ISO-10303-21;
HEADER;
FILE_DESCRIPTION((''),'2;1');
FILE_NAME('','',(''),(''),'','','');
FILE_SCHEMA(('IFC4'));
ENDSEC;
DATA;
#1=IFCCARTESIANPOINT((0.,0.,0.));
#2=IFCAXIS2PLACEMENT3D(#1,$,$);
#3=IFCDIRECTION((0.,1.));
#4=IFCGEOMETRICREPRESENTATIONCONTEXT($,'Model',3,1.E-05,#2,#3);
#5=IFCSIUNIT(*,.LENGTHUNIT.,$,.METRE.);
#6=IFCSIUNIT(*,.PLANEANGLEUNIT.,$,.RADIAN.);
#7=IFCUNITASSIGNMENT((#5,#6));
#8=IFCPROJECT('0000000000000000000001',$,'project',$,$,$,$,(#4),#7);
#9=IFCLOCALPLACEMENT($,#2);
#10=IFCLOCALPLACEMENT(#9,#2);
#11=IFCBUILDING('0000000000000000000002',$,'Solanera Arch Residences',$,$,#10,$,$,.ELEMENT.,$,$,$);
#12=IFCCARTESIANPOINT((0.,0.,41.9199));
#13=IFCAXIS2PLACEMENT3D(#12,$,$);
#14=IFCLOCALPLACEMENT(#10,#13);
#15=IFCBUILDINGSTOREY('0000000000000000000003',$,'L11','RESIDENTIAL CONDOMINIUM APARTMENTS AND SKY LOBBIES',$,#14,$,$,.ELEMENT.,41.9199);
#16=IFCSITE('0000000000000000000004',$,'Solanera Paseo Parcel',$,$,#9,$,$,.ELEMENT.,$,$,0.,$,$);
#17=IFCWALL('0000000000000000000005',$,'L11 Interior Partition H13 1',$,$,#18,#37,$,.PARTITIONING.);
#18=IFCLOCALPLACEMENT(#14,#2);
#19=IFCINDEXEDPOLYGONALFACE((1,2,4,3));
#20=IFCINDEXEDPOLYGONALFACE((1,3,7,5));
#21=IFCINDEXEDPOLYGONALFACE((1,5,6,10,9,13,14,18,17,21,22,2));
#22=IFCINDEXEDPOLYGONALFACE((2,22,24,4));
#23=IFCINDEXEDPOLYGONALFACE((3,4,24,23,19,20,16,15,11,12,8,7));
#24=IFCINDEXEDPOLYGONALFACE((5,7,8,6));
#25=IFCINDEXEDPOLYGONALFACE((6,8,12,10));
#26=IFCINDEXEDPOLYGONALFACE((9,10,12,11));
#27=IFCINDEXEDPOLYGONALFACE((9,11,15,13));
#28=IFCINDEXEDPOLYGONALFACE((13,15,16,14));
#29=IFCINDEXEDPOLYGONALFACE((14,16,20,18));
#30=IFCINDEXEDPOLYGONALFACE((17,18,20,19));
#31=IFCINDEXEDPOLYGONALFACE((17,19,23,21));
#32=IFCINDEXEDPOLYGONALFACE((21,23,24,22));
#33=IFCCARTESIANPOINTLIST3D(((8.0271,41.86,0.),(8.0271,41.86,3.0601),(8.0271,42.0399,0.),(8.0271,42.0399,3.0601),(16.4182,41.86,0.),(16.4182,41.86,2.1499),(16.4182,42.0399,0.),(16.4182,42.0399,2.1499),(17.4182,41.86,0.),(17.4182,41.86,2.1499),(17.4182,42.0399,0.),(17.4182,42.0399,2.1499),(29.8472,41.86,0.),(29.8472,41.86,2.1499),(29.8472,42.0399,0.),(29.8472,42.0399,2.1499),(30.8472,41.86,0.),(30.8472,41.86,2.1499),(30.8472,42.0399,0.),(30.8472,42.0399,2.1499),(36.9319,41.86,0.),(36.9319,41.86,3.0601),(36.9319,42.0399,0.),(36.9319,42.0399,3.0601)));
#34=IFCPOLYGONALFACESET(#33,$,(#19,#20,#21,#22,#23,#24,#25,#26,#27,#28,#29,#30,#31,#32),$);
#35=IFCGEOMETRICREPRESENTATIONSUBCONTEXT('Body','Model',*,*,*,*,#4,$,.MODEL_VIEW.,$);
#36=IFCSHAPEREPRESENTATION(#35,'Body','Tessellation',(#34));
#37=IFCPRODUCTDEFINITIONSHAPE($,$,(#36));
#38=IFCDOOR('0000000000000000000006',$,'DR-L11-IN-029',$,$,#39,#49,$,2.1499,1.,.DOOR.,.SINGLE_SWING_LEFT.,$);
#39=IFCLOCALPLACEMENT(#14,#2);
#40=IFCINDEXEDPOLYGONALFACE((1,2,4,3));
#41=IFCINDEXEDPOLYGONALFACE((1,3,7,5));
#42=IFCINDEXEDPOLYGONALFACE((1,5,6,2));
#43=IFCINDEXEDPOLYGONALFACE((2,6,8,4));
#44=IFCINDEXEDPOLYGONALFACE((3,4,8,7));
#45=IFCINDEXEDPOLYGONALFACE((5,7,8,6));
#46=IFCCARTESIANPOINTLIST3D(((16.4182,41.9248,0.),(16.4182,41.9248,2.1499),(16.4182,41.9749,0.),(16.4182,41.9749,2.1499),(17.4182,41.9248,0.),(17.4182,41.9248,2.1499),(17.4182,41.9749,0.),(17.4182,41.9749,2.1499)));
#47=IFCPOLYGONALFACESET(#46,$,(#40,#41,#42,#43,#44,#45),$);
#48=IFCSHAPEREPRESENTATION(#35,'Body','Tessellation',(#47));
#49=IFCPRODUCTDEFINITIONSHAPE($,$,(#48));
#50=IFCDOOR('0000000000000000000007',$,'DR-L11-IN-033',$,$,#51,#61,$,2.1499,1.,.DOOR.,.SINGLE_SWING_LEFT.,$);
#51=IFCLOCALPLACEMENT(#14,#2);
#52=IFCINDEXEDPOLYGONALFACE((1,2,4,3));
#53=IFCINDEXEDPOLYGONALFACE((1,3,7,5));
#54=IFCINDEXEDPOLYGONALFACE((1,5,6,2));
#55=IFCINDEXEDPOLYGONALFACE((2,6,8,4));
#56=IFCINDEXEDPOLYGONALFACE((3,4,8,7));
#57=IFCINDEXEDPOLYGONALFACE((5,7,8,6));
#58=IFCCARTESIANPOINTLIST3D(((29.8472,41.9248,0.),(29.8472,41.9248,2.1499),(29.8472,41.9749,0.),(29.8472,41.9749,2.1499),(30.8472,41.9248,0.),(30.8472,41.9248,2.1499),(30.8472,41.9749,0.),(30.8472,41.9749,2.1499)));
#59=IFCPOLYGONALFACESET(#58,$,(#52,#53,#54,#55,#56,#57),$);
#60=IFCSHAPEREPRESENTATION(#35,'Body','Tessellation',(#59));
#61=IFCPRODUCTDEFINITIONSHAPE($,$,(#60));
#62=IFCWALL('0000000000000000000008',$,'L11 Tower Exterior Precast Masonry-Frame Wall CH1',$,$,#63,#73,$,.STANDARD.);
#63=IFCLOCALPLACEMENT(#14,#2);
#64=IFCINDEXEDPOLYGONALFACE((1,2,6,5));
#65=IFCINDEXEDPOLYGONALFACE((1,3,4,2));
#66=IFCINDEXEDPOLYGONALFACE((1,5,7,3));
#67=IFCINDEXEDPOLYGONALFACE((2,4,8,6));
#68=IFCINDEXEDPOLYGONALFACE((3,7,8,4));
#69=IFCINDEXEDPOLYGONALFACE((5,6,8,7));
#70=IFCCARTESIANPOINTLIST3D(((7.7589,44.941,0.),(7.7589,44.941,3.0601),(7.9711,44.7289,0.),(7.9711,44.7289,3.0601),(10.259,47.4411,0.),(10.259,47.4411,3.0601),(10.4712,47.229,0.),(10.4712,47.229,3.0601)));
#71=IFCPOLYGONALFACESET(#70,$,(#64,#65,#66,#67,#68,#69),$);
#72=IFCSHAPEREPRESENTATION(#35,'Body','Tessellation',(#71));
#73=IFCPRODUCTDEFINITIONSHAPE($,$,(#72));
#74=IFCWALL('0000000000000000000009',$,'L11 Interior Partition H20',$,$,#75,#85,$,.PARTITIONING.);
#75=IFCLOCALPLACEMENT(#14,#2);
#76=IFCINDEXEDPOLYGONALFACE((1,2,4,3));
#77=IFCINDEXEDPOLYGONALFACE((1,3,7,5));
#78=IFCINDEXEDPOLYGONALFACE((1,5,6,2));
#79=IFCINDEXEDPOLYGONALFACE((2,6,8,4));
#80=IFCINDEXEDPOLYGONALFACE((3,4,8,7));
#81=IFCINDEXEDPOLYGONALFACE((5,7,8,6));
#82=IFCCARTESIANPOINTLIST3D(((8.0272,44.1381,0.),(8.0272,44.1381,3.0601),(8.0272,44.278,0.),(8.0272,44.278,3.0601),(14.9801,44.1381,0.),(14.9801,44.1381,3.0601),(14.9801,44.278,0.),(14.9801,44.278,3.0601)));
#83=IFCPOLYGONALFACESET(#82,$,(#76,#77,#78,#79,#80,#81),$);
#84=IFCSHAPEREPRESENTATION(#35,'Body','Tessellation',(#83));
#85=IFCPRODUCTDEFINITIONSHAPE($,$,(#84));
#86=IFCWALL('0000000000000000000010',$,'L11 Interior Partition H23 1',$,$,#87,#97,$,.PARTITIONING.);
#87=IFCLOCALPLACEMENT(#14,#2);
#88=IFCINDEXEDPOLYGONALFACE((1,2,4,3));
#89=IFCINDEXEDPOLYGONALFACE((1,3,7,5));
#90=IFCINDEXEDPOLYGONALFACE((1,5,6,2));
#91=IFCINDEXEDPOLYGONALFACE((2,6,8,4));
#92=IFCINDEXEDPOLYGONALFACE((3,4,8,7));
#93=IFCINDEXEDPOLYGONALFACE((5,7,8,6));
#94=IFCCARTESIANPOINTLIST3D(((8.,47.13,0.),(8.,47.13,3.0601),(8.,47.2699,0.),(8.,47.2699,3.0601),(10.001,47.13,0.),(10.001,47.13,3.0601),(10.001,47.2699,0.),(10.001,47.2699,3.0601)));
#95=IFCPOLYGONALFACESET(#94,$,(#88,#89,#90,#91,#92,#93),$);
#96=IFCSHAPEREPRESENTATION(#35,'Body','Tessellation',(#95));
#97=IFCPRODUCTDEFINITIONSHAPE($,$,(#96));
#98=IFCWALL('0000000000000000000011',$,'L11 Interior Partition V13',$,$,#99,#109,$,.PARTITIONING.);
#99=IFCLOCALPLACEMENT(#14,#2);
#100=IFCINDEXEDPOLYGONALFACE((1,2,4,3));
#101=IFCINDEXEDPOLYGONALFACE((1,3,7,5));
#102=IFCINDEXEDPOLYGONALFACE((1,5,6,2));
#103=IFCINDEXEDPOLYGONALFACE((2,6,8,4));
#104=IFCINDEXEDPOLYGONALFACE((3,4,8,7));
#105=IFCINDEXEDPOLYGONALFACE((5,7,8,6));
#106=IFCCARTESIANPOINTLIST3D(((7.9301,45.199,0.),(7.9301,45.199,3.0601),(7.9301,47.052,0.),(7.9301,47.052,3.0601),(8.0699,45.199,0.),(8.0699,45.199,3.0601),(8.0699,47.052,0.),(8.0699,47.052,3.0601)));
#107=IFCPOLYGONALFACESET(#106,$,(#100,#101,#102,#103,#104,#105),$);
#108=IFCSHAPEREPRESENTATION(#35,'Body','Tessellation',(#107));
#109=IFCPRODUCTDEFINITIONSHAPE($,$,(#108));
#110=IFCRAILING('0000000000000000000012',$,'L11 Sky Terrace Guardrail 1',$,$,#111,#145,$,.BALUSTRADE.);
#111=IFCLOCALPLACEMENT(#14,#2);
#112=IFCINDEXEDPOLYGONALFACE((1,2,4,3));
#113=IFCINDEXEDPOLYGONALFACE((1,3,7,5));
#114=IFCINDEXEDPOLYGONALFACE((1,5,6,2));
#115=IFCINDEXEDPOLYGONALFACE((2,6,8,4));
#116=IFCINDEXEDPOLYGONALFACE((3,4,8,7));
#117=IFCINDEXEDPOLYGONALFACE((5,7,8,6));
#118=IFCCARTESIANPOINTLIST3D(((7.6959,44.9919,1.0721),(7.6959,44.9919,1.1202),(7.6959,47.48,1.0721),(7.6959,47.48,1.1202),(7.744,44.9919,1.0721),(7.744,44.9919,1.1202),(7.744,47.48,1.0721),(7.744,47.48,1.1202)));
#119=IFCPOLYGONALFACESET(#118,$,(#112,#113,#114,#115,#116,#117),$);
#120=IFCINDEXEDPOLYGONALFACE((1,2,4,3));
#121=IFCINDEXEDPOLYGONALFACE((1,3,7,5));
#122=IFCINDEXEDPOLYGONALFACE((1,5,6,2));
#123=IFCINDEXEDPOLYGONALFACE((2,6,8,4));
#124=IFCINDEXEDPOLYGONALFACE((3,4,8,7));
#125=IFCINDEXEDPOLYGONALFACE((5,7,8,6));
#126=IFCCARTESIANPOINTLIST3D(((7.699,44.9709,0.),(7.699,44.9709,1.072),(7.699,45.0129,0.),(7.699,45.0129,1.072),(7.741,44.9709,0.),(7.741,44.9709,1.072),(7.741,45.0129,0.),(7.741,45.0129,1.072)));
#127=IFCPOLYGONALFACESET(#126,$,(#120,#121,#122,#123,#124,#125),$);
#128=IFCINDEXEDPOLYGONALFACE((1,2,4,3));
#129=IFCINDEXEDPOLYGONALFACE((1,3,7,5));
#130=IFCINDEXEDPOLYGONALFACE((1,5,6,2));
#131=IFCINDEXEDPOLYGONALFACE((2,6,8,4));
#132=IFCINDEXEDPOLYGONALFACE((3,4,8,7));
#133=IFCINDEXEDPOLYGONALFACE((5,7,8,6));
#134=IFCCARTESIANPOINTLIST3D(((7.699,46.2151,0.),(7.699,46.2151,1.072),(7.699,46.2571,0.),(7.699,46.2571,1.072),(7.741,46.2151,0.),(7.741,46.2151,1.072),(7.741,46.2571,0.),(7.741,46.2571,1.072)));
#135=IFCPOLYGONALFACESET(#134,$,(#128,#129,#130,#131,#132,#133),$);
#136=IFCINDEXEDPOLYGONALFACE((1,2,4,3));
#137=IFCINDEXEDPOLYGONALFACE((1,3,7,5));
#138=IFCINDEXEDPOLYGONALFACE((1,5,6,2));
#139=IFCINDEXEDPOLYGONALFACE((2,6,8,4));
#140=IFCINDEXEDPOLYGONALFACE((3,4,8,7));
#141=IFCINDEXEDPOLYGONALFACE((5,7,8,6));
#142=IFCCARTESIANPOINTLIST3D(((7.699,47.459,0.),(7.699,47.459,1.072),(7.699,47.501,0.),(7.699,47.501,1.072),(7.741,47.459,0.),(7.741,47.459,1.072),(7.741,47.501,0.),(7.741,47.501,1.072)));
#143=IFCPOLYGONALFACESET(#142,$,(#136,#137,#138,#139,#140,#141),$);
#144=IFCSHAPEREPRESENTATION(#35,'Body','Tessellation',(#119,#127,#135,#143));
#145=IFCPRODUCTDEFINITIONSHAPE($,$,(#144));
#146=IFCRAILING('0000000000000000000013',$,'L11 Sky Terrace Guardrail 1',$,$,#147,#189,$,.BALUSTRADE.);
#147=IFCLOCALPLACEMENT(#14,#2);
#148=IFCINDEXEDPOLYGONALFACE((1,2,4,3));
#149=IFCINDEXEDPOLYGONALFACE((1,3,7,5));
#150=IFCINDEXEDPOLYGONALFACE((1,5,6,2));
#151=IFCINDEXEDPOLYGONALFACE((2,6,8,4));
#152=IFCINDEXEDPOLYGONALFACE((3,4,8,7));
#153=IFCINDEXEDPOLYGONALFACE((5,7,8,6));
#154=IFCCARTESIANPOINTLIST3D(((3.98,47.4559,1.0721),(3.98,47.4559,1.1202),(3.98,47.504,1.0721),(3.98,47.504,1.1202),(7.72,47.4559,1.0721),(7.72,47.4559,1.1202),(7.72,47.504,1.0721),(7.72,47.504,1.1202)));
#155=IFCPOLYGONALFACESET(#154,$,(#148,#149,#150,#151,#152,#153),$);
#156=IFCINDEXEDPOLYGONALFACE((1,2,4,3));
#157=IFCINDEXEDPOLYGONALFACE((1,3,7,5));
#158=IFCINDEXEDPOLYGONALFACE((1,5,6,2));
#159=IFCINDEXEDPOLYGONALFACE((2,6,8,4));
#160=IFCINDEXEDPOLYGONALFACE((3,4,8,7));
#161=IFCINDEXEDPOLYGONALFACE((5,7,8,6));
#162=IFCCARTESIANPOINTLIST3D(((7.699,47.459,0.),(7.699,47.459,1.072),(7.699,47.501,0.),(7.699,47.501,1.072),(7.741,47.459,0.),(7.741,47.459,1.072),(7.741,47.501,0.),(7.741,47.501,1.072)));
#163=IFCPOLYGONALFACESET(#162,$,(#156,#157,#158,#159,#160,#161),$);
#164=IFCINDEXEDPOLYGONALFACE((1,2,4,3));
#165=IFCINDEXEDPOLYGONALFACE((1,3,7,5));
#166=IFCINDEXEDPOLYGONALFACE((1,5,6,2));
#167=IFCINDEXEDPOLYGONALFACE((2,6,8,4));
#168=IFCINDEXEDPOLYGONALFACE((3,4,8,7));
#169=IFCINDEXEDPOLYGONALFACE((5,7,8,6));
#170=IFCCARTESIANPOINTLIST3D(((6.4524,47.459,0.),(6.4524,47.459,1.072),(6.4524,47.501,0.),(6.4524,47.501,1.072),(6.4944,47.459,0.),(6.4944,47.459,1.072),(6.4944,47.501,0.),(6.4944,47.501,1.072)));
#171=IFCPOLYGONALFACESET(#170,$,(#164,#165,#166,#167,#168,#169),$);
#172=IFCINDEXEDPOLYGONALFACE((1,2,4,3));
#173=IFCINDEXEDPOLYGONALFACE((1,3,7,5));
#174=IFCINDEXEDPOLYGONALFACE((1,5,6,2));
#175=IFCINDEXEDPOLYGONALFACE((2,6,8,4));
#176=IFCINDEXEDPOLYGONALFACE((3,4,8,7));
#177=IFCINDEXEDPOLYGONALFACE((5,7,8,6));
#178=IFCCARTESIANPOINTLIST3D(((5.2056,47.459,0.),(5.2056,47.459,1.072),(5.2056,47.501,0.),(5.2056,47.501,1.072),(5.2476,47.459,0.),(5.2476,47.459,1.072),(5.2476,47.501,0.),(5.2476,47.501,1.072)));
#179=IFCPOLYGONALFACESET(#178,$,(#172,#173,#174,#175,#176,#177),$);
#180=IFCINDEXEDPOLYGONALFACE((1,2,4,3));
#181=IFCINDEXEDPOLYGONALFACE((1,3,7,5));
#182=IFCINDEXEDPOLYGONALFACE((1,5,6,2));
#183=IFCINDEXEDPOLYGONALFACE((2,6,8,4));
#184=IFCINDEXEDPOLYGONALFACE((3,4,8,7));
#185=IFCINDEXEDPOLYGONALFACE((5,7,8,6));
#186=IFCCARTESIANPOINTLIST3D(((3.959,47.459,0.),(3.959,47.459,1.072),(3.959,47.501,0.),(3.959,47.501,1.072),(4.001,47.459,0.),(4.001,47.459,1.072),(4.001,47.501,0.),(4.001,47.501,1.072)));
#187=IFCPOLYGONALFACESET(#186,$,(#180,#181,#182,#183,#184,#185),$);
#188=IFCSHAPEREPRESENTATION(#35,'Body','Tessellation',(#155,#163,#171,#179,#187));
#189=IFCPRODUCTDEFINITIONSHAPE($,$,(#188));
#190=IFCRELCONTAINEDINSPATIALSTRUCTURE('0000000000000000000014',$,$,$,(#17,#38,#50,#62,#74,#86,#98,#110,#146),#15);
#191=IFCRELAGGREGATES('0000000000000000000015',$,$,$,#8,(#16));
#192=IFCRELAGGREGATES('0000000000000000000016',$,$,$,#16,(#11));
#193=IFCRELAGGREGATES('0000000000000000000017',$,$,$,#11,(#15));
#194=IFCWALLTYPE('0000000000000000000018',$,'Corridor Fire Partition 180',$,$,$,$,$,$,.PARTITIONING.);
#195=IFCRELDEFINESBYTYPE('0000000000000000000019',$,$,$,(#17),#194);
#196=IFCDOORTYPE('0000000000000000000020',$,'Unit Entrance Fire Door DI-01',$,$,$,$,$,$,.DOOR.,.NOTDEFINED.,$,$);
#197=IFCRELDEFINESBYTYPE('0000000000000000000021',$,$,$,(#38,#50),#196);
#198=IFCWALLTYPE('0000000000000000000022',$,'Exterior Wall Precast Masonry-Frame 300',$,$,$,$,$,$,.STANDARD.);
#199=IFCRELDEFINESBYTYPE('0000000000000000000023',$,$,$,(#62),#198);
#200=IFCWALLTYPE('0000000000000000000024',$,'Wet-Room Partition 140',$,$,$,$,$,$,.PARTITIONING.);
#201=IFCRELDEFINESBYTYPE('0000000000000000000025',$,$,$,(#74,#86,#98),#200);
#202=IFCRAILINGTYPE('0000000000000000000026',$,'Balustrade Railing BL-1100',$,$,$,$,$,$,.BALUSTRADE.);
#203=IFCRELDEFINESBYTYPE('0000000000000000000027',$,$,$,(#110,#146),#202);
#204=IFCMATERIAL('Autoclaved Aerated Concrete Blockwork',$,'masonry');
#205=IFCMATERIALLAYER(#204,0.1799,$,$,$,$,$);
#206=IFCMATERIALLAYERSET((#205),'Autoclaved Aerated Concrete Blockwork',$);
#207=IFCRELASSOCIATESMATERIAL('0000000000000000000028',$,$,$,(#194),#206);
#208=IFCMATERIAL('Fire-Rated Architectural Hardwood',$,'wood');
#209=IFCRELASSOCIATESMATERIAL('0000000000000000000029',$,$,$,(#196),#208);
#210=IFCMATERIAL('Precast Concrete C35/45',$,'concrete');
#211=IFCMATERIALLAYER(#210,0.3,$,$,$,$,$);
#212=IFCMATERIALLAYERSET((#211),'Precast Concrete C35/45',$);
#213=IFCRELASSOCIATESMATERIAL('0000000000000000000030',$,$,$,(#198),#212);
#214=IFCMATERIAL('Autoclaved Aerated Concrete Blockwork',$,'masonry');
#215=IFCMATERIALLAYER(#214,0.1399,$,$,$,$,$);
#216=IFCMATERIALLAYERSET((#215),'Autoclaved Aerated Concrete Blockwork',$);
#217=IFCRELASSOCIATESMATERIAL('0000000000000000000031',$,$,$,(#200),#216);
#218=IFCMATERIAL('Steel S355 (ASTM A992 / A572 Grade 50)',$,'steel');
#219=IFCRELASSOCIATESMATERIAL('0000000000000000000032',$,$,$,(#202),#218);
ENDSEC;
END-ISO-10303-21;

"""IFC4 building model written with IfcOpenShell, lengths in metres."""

from ifc_helpers import new_model, si_unit, direction, frame, frame_2d, origin, origin_2d, place, context, subcontext, project, spatial, rectangle, extrude, material, layer, layer_set, type_object, element, fill, save


model = new_model("IFC4")

# Units and contexts
model_context = context("Model", 3, precision=1e-05, world=origin(), true_north=direction((0.0, 1.0)))
body_context = subcontext(model_context, "Body", "Model", "MODEL_VIEW")
ifc_project = project(units=[si_unit("LENGTHUNIT", "METRE"), si_unit("PLANEANGLEUNIT", "RADIAN")], contexts=[model_context])

# Site, building, storey
site_placement = place(None, origin())
site = spatial("IfcSite", under=ifc_project, at=site_placement, Name="Solanera Paseo Parcel", CompositionType="ELEMENT", RefElevation=0.0)
building_placement = place(site_placement, origin())
building = spatial("IfcBuilding", under=site, at=building_placement, Name="Solanera Arch Residences", CompositionType="ELEMENT")
storey_placement = place(building_placement, frame((0.0, 0.0, 41.9199)))
storey = spatial("IfcBuildingStorey", under=building, at=storey_placement, Name="L11", Description="RESIDENTIAL CONDOMINIUM APARTMENTS AND SKY LOBBIES", CompositionType="ELEMENT", Elevation=41.9199)

# Wall, openings, doors
ifc_material_1 = material(Name="Autoclaved Aerated Concrete Blockwork", Category="masonry")
ifc_layer_1 = layer(ifc_material_1, 0.1799)
ifc_layer_set_1 = layer_set([ifc_layer_1], Name="Autoclaved Aerated Concrete Blockwork")
wall_type_1 = type_object("IfcWallType", Name="Corridor Fire Partition 180", PredefinedType="PARTITIONING", material=ifc_layer_set_1)
wall_1_placement = place(storey_placement, frame((8.0271, 41.95, 0.0), z_axis=(0.0, 0.0, 1.0), x_axis=(1.0, 0.0, 0.0)))
wall_1 = element("IfcWall", 1, at=wall_1_placement, inside=storey, type_object=wall_type_1, Name="L11 Interior Partition H13 1", PredefinedType="PARTITIONING", context=body_context, shape_type="SweptSolid", body=[
    extrude(rectangle(XDim=28.9048, YDim=0.1799, at=frame_2d((14.4524, 0.0))), origin(), (0.0, 0.0, 1.0), 3.0601),
])
opening_1_placement = place(wall_1_placement, frame((8.3911, 0.0, 0.0)))
opening_1 = element("IfcOpeningElement", 2, at=opening_1_placement, cuts=wall_1, PredefinedType="OPENING", context=body_context, shape_type="SweptSolid", body=[
    extrude(rectangle(XDim=1.0, YDim=2.1499, at=frame_2d((0.5, 1.075))), frame((0.0, 0.1001, 0.0), z_axis=(0.0, -1.0, 0.0), x_axis=(1.0, 0.0, 0.0)), (0.0, 0.0, 1.0), 0.1999),
])
opening_2_placement = place(wall_1_placement, frame((21.8201, 0.0, 0.0)))
opening_2 = element("IfcOpeningElement", 3, at=opening_2_placement, cuts=wall_1, PredefinedType="OPENING", context=body_context, shape_type="SweptSolid", body=[
    extrude(rectangle(XDim=1.0, YDim=2.1499, at=frame_2d((0.5, 1.075))), frame((0.0, 0.1001, 0.0), z_axis=(0.0, -1.0, 0.0), x_axis=(1.0, 0.0, 0.0)), (0.0, 0.0, 1.0), 0.1999),
])
ifc_material_2 = material(Name="Fire-Rated Architectural Hardwood", Category="wood")
door_type = type_object("IfcDoorType", Name="Unit Entrance Fire Door DI-01", OperationType="NOTDEFINED", PredefinedType="DOOR", material=ifc_material_2)
door_1_placement = place(opening_1_placement, origin())
door_1 = element("IfcDoor", 4, at=door_1_placement, inside=storey, type_object=door_type, Name="DR-L11-IN-029", OperationType="SINGLE_SWING_LEFT", OverallHeight=2.1499, OverallWidth=1.0, PredefinedType="DOOR", context=body_context, shape_type="SweptSolid", body=[
    extrude(rectangle(XDim=1.0, YDim=2.1499, at=frame_2d((0.5, 1.075))), frame((0.0, 0.0249, 0.0), z_axis=(0.0, -1.0, 0.0), x_axis=(1.0, 0.0, 0.0)), (0.0, 0.0, 1.0), 0.05),
])
fill(opening_1, door_1)
door_2_placement = place(opening_2_placement, origin())
door_2 = element("IfcDoor", 5, at=door_2_placement, inside=storey, type_object=door_type, Name="DR-L11-IN-033", OperationType="SINGLE_SWING_LEFT", OverallHeight=2.1499, OverallWidth=1.0, PredefinedType="DOOR", context=body_context, shape_type="SweptSolid", body=[
    extrude(rectangle(XDim=1.0, YDim=2.1499, at=frame_2d((0.5, 1.075))), frame((0.0, 0.0249, 0.0), z_axis=(0.0, -1.0, 0.0), x_axis=(1.0, 0.0, 0.0)), (0.0, 0.0, 1.0), 0.05),
])
fill(opening_2, door_2)

# Walls
ifc_material_3 = material(Name="Precast Concrete C35/45", Category="concrete")
ifc_layer_2 = layer(ifc_material_3, 0.3)
ifc_layer_set_2 = layer_set([ifc_layer_2], Name="Precast Concrete C35/45")
wall_type_2 = type_object("IfcWallType", Name="Exterior Wall Precast Masonry-Frame 300", PredefinedType="STANDARD", material=ifc_layer_set_2)
wall_2_placement = place(storey_placement, frame((7.865, 44.835, 0.0), z_axis=(0.0, 0.0, 1.0), x_axis=(0.707107, 0.707107, 0.0)))
element("IfcWall", 6, at=wall_2_placement, inside=storey, type_object=wall_type_2, Name="L11 Tower Exterior Precast Masonry-Frame Wall CH1", PredefinedType="STANDARD", context=body_context, shape_type="SweptSolid", body=[
    extrude(rectangle(XDim=3.5356, YDim=0.3, at=frame_2d((1.7678, 0.0))), origin(), (0.0, 0.0, 1.0), 3.0601),
])
ifc_material_4 = material(Name="Autoclaved Aerated Concrete Blockwork", Category="masonry")
ifc_layer_3 = layer(ifc_material_4, 0.1399)
ifc_layer_set_3 = layer_set([ifc_layer_3], Name="Autoclaved Aerated Concrete Blockwork")
wall_type_3 = type_object("IfcWallType", Name="Wet-Room Partition 140", PredefinedType="PARTITIONING", material=ifc_layer_set_3)
wall_3_placement = place(storey_placement, frame((8.0271, 44.208, 0.0), z_axis=(0.0, 0.0, 1.0), x_axis=(1.0, 0.0, 0.0)))
element("IfcWall", 7, at=wall_3_placement, inside=storey, type_object=wall_type_3, Name="L11 Interior Partition H20", PredefinedType="PARTITIONING", context=body_context, shape_type="SweptSolid", body=[
    extrude(rectangle(XDim=6.9529, YDim=0.1399, at=frame_2d((3.4766, 0.0))), origin(), (0.0, 0.0, 1.0), 3.0601),
])
wall_4_placement = place(storey_placement, frame((8.0, 47.2, 0.0), z_axis=(0.0, 0.0, 1.0), x_axis=(1.0, 0.0, 0.0)))
element("IfcWall", 8, at=wall_4_placement, inside=storey, type_object=wall_type_3, Name="L11 Interior Partition H23 1", PredefinedType="PARTITIONING", context=body_context, shape_type="SweptSolid", body=[
    extrude(rectangle(XDim=2.001, YDim=0.1399, at=frame_2d((1.0005, 0.0))), origin(), (0.0, 0.0, 1.0), 3.0601),
])
wall_5_placement = place(storey_placement, frame((8.0, 45.199, 0.0), z_axis=(0.0, 0.0, 1.0), x_axis=(0.0, 1.0, 0.0)))
element("IfcWall", 9, at=wall_5_placement, inside=storey, type_object=wall_type_3, Name="L11 Interior Partition V13", PredefinedType="PARTITIONING", context=body_context, shape_type="SweptSolid", body=[
    extrude(rectangle(XDim=1.853, YDim=0.1399, at=frame_2d((0.9265, 0.0))), origin(), (0.0, 0.0, 1.0), 3.0601),
])

# Railings
ifc_material_5 = material(Name="Steel S355 (ASTM A992 / A572 Grade 50)", Category="steel")
railing_type = type_object("IfcRailingType", Name="Balustrade Railing BL-1100", PredefinedType="BALUSTRADE", material=ifc_material_5)
railing_1_placement = place(storey_placement, frame((7.72, 44.9919, 0.0)))
element("IfcRailing", 10, at=railing_1_placement, inside=storey, type_object=railing_type, Name="L11 Sky Terrace Guardrail 1", PredefinedType="BALUSTRADE", context=body_context, shape_type="SweptSolid", body=[
    extrude(rectangle(XDim=0.0481, YDim=0.0481, at=origin_2d()), frame((0.0, 0.0, 1.0962), z_axis=(0.0, 1.0, 0.0), x_axis=(-1.0, 0.0, 0.0)), (0.0, 0.0, 1.0), 2.488),
    extrude(rectangle(XDim=0.042, YDim=0.042, at=origin_2d()), origin(), (0.0, 0.0, 1.0), 1.072),
    extrude(rectangle(XDim=0.042, YDim=0.042, at=origin_2d()), frame((0.0, 1.2441, 0.0)), (0.0, 0.0, 1.0), 1.072),
    extrude(rectangle(XDim=0.042, YDim=0.042, at=origin_2d()), frame((0.0, 2.488, 0.0)), (0.0, 0.0, 1.0), 1.072),
])
railing_2_placement = place(storey_placement, frame((7.72, 47.48, 0.0)))
element("IfcRailing", 11, at=railing_2_placement, inside=storey, type_object=railing_type, Name="L11 Sky Terrace Guardrail 1", PredefinedType="BALUSTRADE", context=body_context, shape_type="SweptSolid", body=[
    extrude(rectangle(XDim=0.0481, YDim=0.0481, at=origin_2d()), frame((0.0, 0.0, 1.0962), z_axis=(-1.0, 0.0, 0.0), x_axis=(0.0, -1.0, 0.0)), (0.0, 0.0, 1.0), 3.74),
    extrude(rectangle(XDim=0.042, YDim=0.042, at=origin_2d()), origin(), (0.0, 0.0, 1.0), 1.072),
    extrude(rectangle(XDim=0.042, YDim=0.042, at=origin_2d()), frame((-1.2466, 0.0, 0.0)), (0.0, 0.0, 1.0), 1.072),
    extrude(rectangle(XDim=0.042, YDim=0.042, at=origin_2d()), frame((-2.4934, 0.0, 0.0)), (0.0, 0.0, 1.0), 1.072),
    extrude(rectangle(XDim=0.042, YDim=0.042, at=origin_2d()), frame((-3.74, 0.0, 0.0)), (0.0, 0.0, 1.0), 1.072),
])

save(model, "model.ifc")
